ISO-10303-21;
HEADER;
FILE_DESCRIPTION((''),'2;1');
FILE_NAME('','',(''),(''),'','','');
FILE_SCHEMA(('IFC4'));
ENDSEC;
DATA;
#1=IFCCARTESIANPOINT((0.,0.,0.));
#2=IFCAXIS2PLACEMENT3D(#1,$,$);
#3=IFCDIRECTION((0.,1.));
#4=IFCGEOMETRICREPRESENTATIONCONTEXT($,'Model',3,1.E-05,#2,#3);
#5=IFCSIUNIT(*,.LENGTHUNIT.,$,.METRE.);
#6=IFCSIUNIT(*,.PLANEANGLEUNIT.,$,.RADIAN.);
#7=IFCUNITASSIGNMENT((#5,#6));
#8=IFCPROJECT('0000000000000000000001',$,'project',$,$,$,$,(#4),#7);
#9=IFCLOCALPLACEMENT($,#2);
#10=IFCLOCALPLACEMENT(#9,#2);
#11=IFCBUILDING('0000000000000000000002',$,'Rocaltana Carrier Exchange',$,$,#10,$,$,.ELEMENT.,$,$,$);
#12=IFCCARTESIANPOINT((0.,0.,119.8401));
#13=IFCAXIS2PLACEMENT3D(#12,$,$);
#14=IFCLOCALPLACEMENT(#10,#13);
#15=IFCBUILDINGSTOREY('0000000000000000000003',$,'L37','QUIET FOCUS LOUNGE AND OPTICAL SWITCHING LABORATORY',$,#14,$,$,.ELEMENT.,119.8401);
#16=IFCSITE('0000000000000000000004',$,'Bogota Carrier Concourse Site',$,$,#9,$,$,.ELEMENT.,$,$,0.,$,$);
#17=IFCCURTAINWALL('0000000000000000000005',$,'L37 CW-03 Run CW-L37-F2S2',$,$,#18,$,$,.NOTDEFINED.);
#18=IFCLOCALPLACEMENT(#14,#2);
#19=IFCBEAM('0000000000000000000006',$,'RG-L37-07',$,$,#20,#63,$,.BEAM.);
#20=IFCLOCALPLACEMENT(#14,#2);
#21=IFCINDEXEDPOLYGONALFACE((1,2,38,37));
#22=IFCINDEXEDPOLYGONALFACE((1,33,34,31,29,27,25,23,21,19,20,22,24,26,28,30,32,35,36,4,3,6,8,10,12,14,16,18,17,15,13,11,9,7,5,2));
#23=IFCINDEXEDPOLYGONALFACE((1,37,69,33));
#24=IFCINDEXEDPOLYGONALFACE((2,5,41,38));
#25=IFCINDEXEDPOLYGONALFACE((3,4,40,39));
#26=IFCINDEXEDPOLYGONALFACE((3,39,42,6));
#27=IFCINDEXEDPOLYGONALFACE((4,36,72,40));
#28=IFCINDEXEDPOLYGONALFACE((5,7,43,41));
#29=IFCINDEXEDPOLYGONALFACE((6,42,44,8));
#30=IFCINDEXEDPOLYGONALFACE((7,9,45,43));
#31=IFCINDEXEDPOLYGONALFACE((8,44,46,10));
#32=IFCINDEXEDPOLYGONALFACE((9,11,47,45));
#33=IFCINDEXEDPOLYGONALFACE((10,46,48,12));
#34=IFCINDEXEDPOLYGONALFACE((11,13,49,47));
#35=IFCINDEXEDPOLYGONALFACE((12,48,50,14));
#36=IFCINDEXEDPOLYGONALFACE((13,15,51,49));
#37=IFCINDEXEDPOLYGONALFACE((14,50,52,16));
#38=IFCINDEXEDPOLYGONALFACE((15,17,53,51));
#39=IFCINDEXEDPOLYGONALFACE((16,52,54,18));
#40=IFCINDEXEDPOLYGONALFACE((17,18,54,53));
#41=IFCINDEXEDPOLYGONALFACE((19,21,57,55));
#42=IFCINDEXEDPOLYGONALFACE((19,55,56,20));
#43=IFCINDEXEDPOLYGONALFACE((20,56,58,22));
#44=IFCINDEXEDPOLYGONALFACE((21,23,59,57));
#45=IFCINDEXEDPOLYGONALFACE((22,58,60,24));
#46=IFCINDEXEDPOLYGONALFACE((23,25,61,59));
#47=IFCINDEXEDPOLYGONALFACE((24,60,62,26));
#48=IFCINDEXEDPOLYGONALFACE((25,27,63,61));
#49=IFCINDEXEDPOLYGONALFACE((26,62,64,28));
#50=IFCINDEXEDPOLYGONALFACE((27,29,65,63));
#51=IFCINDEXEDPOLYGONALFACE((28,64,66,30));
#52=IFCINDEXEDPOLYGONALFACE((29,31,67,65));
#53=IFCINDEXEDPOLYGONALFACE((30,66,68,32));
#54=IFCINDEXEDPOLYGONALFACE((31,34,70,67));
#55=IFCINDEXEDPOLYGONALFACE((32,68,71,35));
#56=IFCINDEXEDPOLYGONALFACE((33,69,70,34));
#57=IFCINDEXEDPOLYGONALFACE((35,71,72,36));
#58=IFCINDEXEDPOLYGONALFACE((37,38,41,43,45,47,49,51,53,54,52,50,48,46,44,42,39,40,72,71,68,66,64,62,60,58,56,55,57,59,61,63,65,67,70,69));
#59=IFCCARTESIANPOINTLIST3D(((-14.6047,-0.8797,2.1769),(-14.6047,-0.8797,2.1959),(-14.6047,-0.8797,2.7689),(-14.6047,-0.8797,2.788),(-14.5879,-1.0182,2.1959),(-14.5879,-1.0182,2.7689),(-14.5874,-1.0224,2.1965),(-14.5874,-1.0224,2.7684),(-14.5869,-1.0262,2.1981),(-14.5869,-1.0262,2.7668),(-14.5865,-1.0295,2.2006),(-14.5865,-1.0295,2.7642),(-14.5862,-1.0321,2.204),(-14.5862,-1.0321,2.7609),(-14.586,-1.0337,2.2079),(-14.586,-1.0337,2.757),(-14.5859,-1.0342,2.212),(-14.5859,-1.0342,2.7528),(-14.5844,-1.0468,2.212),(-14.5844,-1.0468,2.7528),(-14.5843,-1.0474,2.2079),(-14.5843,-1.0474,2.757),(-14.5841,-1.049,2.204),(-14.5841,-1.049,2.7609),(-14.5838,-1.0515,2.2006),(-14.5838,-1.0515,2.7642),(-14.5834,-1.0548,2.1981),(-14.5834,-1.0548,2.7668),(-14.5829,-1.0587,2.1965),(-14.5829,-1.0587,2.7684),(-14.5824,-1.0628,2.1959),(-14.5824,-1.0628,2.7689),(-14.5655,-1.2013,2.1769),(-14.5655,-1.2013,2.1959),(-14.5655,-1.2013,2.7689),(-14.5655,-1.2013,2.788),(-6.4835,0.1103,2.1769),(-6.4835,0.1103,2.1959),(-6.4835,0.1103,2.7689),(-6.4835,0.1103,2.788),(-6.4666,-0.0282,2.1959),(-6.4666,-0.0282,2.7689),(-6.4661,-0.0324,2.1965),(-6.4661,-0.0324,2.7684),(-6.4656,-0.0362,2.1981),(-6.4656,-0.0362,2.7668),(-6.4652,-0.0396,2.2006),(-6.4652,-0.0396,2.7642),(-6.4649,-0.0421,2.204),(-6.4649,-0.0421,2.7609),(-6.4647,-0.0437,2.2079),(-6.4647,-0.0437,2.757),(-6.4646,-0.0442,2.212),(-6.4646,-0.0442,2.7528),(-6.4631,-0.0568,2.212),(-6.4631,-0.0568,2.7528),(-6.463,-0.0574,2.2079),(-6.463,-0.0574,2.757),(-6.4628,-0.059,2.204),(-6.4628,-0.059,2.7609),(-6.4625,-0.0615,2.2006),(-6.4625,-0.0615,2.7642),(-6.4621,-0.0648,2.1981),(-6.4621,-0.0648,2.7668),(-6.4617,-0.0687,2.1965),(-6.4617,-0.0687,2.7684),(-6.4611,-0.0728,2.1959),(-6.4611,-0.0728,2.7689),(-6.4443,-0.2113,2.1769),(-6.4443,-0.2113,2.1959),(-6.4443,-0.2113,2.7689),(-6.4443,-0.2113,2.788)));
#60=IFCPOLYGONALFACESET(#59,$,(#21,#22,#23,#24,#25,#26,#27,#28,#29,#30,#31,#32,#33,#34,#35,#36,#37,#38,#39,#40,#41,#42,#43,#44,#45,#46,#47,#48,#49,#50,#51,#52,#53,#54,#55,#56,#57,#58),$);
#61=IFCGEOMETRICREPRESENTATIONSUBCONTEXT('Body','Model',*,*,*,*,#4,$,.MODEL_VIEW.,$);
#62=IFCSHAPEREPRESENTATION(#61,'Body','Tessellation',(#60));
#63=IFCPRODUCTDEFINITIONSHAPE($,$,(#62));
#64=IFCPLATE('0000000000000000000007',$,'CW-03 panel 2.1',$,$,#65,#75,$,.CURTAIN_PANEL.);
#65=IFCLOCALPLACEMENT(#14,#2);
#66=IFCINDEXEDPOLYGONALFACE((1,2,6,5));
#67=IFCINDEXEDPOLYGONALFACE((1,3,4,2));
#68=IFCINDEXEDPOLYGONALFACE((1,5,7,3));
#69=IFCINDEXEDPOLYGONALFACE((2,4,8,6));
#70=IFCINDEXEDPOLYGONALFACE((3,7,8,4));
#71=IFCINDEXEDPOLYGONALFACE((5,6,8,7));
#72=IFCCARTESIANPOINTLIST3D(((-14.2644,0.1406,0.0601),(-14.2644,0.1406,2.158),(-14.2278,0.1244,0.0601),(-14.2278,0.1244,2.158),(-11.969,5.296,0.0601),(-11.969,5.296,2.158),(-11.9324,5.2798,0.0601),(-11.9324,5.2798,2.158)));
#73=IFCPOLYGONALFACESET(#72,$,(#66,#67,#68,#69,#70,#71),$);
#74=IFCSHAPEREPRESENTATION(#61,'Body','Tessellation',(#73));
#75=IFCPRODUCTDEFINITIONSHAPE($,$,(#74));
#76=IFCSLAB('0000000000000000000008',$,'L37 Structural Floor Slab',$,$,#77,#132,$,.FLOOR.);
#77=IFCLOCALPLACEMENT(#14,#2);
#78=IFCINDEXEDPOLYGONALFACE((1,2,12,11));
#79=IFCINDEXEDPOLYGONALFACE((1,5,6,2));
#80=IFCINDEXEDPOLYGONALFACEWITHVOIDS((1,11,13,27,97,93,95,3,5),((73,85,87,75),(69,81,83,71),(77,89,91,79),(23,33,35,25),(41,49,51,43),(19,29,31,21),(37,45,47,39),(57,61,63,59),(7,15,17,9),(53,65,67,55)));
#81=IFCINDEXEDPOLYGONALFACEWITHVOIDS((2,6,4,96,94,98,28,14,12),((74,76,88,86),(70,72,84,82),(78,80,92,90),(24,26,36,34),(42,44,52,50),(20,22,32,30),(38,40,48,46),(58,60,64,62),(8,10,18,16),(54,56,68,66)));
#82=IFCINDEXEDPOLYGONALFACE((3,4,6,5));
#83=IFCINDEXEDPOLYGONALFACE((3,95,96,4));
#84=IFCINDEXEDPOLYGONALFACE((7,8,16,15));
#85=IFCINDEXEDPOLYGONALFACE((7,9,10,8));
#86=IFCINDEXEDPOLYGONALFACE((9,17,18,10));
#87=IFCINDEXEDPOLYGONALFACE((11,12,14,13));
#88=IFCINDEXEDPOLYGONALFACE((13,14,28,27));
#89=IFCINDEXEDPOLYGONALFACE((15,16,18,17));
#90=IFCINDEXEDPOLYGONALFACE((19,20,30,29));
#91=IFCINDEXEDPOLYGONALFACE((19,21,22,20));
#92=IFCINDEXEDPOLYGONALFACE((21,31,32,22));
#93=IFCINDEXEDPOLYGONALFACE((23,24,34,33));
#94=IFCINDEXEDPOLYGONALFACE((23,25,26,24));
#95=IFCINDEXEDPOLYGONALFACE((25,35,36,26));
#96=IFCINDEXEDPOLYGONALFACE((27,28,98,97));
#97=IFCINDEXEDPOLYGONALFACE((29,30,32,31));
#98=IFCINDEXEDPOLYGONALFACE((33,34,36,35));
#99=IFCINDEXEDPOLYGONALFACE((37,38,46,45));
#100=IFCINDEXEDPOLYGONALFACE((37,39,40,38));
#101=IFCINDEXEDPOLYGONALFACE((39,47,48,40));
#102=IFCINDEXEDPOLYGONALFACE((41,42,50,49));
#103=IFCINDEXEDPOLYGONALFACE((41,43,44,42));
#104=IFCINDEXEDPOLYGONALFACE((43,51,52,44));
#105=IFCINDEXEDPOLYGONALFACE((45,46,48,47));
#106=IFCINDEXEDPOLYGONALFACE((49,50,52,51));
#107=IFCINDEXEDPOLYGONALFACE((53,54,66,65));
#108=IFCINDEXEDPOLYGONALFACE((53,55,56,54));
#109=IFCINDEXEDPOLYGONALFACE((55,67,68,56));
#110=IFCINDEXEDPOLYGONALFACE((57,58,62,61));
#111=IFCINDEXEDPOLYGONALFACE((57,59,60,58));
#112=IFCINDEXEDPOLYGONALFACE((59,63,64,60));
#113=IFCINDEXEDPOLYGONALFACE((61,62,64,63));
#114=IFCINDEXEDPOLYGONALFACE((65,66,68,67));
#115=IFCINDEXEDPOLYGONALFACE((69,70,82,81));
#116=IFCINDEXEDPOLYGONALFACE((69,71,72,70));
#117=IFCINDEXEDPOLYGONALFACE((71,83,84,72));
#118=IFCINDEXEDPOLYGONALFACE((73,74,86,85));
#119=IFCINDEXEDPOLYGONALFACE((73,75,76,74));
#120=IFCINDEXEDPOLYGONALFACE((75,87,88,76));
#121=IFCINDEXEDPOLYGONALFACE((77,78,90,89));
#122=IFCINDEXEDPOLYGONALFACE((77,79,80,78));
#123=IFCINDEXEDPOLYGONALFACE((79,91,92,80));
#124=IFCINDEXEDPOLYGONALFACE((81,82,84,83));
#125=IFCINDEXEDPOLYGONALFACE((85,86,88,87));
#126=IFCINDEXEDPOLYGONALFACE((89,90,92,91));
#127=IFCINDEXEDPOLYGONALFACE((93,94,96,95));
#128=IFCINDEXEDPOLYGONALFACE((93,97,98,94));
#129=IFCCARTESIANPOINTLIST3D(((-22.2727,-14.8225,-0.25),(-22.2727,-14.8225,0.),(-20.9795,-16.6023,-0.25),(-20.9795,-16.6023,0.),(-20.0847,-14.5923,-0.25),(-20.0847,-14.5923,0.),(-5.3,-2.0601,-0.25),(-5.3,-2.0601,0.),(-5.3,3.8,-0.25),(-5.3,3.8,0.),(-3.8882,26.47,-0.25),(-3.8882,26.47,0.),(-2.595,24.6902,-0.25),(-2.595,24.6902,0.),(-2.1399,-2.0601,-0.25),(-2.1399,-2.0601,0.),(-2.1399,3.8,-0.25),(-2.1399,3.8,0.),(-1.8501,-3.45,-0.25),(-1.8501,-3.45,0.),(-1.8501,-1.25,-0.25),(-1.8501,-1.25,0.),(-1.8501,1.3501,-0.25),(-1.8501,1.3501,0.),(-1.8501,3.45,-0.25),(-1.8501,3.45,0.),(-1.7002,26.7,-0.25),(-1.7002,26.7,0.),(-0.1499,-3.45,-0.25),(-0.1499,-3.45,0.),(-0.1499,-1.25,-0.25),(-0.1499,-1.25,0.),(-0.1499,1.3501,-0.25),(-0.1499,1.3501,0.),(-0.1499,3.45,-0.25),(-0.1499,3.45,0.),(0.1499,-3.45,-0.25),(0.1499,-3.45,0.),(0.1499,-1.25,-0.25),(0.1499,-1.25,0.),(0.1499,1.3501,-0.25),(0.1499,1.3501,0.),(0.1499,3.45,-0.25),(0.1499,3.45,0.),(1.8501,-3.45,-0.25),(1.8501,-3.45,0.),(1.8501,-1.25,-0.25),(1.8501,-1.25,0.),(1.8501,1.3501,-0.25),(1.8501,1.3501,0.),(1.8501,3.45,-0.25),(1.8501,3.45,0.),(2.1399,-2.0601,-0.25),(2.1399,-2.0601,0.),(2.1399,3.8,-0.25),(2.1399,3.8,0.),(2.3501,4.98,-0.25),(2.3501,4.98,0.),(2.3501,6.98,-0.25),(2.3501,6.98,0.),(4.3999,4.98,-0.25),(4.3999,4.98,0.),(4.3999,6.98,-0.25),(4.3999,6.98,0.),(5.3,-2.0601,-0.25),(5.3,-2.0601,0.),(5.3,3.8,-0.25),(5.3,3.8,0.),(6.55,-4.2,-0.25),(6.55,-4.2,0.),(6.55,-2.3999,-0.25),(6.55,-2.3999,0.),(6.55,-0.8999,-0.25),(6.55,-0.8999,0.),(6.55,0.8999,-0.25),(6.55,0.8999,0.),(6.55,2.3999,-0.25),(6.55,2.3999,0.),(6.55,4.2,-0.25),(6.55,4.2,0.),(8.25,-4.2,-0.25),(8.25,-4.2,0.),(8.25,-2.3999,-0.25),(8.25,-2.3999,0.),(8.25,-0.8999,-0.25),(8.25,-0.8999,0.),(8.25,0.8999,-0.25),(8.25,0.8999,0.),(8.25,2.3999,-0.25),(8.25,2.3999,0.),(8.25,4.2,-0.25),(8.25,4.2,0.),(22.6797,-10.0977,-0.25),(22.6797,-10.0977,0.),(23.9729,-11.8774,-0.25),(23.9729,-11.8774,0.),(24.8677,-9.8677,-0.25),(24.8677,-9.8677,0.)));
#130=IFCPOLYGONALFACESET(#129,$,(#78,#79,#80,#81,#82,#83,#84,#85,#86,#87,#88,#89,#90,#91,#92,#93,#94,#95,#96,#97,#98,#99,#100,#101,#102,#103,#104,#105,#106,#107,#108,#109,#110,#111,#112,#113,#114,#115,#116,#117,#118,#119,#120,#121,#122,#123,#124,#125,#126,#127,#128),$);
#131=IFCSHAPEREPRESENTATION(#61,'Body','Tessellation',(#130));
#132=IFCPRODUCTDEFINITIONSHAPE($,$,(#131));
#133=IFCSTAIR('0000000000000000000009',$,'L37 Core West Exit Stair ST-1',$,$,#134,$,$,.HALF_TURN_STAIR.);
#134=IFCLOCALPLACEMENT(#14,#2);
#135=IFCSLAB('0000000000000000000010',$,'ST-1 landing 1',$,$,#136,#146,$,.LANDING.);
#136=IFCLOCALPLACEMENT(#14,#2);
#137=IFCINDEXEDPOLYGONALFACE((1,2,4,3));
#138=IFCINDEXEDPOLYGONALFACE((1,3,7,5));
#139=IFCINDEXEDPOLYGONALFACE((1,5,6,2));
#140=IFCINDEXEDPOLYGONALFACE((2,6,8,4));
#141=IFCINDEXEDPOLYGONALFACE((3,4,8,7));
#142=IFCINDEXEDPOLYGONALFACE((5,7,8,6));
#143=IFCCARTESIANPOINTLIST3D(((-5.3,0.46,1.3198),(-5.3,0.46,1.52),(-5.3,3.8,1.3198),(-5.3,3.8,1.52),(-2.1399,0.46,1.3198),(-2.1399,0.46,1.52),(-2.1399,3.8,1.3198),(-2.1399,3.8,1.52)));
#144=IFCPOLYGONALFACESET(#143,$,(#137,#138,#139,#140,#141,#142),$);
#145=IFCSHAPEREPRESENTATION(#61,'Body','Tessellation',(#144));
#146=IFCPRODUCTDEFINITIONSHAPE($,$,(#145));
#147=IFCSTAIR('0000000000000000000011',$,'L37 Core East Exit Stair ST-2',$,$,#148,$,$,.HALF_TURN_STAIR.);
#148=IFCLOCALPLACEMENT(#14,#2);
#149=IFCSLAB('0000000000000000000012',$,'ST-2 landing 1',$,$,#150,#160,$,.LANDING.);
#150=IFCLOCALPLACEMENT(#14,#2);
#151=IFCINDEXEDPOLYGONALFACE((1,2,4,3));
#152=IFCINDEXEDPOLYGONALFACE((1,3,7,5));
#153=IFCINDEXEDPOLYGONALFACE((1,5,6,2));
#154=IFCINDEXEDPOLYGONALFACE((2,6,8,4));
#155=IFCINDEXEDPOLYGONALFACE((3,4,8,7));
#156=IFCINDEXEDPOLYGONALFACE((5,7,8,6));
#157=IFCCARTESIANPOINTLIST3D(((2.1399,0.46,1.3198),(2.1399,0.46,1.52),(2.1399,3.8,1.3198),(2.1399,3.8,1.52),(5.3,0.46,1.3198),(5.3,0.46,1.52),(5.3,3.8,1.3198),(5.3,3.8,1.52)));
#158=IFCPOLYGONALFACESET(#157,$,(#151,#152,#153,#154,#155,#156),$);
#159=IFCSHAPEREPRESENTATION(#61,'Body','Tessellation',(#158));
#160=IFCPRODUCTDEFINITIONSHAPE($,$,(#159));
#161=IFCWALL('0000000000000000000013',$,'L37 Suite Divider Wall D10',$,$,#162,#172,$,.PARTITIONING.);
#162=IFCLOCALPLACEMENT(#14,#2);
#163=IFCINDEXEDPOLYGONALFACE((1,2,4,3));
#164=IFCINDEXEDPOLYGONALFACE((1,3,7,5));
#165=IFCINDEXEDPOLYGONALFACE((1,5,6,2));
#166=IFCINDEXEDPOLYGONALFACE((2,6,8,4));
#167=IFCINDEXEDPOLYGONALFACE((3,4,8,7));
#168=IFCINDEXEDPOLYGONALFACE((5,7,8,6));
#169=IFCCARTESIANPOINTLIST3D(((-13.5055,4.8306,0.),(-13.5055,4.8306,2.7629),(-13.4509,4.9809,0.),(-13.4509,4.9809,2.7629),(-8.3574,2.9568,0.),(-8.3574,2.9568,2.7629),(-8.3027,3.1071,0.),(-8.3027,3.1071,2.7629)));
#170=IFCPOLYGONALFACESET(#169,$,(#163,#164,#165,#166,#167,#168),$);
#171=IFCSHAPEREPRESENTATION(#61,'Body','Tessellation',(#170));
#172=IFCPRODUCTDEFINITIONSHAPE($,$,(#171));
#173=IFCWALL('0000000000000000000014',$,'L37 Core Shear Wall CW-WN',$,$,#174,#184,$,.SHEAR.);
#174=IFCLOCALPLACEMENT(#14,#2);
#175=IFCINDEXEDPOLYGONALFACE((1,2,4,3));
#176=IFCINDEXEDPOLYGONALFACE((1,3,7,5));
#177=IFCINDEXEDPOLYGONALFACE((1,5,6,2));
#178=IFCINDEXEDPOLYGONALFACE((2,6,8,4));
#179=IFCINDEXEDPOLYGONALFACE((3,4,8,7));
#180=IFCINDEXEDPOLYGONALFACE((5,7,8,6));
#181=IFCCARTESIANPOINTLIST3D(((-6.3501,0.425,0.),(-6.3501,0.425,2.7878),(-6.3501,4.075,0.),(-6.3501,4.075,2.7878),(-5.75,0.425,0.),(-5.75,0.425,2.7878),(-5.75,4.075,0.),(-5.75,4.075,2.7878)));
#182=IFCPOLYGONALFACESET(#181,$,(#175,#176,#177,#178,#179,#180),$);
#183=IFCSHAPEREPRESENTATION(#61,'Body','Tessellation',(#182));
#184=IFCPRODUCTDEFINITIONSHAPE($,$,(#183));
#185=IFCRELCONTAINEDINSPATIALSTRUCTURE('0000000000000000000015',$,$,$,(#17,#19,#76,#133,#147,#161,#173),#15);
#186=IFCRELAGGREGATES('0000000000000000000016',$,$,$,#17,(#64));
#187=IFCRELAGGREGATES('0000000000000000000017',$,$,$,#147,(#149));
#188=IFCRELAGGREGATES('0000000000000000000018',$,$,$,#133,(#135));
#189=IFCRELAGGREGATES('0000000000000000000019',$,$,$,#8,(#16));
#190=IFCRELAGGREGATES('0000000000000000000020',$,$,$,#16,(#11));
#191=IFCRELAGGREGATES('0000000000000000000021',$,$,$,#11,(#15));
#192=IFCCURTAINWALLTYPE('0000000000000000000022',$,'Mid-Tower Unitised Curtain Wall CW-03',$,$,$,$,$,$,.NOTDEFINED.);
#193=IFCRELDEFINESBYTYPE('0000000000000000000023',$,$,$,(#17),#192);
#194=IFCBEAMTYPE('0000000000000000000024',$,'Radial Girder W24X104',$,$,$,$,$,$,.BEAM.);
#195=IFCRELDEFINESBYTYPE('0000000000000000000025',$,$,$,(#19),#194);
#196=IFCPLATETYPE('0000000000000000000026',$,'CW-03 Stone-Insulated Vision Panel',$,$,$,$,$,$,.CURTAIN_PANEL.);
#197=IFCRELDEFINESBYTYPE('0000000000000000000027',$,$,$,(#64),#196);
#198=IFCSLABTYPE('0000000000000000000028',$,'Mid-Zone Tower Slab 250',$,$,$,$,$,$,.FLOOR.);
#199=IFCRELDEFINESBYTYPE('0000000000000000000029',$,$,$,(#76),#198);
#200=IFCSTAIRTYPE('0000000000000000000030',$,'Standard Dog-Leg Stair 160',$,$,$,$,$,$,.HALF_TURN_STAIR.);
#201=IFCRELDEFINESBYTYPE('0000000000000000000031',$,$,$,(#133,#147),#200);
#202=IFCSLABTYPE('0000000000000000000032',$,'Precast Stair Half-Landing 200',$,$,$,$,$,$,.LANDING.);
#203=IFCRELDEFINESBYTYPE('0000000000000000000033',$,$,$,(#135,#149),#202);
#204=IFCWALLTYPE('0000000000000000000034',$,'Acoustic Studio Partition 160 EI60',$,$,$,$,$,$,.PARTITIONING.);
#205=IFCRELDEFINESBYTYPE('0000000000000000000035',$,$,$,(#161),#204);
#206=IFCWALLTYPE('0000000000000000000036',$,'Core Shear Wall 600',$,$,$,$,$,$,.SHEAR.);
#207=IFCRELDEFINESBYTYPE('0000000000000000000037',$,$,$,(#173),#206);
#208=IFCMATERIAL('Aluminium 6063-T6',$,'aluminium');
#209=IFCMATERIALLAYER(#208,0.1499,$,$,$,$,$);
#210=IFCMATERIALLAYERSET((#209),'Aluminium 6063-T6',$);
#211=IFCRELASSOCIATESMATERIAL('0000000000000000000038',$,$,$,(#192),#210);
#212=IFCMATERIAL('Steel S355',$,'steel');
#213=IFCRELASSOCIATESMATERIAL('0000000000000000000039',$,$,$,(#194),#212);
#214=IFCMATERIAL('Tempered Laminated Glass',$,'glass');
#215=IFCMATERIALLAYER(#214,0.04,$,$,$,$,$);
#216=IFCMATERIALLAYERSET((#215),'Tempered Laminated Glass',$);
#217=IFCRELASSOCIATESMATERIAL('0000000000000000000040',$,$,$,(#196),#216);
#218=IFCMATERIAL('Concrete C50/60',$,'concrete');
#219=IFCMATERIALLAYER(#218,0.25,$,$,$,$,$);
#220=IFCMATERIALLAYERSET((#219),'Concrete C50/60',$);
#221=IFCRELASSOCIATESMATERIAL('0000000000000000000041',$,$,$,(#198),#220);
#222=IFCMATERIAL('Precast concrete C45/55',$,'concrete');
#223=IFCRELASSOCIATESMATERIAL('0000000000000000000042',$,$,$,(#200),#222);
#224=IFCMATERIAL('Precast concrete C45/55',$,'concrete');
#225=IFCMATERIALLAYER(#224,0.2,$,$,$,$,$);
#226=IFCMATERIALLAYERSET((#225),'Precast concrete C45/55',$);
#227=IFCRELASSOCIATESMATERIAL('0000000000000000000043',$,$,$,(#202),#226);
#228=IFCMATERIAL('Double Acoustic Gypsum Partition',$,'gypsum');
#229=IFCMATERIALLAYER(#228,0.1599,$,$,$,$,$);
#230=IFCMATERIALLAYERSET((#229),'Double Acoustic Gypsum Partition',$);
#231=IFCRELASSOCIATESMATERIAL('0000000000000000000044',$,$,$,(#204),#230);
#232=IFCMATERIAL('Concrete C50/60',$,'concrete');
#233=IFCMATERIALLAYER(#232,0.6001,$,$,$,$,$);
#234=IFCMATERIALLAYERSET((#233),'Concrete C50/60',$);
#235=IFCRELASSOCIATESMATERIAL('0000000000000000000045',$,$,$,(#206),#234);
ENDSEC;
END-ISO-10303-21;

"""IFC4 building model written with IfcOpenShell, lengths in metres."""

from ifc_helpers import new_model, si_unit, direction, frame, frame_2d, origin, origin_2d, place, context, subcontext, project, spatial, polyline, rectangle, i_section, outline, extrude, material, layer, layer_set, material_profile, profile_set, type_object, element, aggregate, save


model = new_model("IFC4")

# Units and contexts
model_context = context("Model", 3, precision=1e-05, world=origin(), true_north=direction((0.0, 1.0)))
body_context = subcontext(model_context, "Body", "Model", "MODEL_VIEW")
ifc_project = project(units=[si_unit("LENGTHUNIT", "METRE"), si_unit("PLANEANGLEUNIT", "RADIAN")], contexts=[model_context])

# Site, building, storey
site_placement = place(None, origin())
site = spatial("IfcSite", under=ifc_project, at=site_placement, Name="Bogota Carrier Concourse Site", CompositionType="ELEMENT", RefElevation=0.0)
building_placement = place(site_placement, origin())
building = spatial("IfcBuilding", under=site, at=building_placement, Name="Rocaltana Carrier Exchange", CompositionType="ELEMENT")
storey_placement = place(building_placement, frame((0.0, 0.0, 119.8401)))
storey = spatial("IfcBuildingStorey", under=building, at=storey_placement, Name="L37", Description="QUIET FOCUS LOUNGE AND OPTICAL SWITCHING LABORATORY", CompositionType="ELEMENT", Elevation=119.8401)

# Curtain wall
ifc_material_1 = material(Name="Aluminium 6063-T6", Category="aluminium")
ifc_layer_1 = layer(ifc_material_1, 0.1499)
ifc_layer_set_1 = layer_set([ifc_layer_1], Name="Aluminium 6063-T6")
curtain_wall_type = type_object("IfcCurtainWallType", Name="Mid-Tower Unitised Curtain Wall CW-03", PredefinedType="NOTDEFINED", material=ifc_layer_set_1)
curtain_wall_placement = place(storey_placement, origin())
curtain_wall = element("IfcCurtainWall", 1, at=curtain_wall_placement, inside=storey, type_object=curtain_wall_type, Name="L37 CW-03 Run CW-L37-F2S2", PredefinedType="NOTDEFINED")

# Beam
ifc_material_2 = material(Name="Steel S355", Category="steel")
ifc_material_profile_1 = material_profile(ifc_material_2, i_section(OverallWidth=0.324, OverallDepth=0.6111, WebThickness=0.0127, FlangeThickness=0.019, FilletRadius=0.0161, at=origin_2d()), Name="W24X104")
ifc_profile_set_1 = profile_set([ifc_material_profile_1], Name="Steel S355")
beam_type_1 = type_object("IfcBeamType", Name="Radial Girder W24X104", PredefinedType="BEAM", material=ifc_profile_set_1)
beam_1_placement = place(storey_placement, frame((-6.4639, -0.0505, 2.4824), z_axis=(-0.992652, -0.121004, 0.0), x_axis=(0.121004, -0.992652, 0.0)))
element("IfcBeam", 2, at=beam_1_placement, inside=storey, type_object=beam_type_1, Name="RG-L37-07", PredefinedType="BEAM", context=body_context, shape_type="SweptSolid", body=[
    extrude(i_section(OverallWidth=0.324, OverallDepth=0.6111, WebThickness=0.0127, FlangeThickness=0.019, FilletRadius=0.0161, at=origin_2d()), origin(), (0.0, 0.0, 1.0), 8.1814),
])

# Plate
ifc_material_3 = material(Name="Tempered Laminated Glass", Category="glass")
ifc_layer_2 = layer(ifc_material_3, 0.04)
ifc_layer_set_2 = layer_set([ifc_layer_2], Name="Tempered Laminated Glass")
plate_type = type_object("IfcPlateType", Name="CW-03 Stone-Insulated Vision Panel", PredefinedType="CURTAIN_PANEL", material=ifc_layer_set_2)
plate_placement = place(storey_placement, frame((-13.0984, 2.7102, 0.0601), z_axis=(0.0, 0.0, 1.0), x_axis=(-0.406744, -0.913542, 0.0)))
plate = element("IfcPlate", 3, at=plate_placement, type_object=plate_type, Name="CW-03 panel 2.1", PredefinedType="CURTAIN_PANEL", context=body_context, shape_type="SweptSolid", body=[
    extrude(rectangle(XDim=5.6433, YDim=0.04, at=origin_2d()), origin(), (0.0, 0.0, 1.0), 2.0979),
])
aggregate(curtain_wall, [plate])

# Slab
ifc_material_4 = material(Name="Concrete C50/60", Category="concrete")
ifc_layer_3 = layer(ifc_material_4, 0.25)
ifc_layer_set_3 = layer_set([ifc_layer_3], Name="Concrete C50/60")
slab_type_1 = type_object("IfcSlabType", Name="Mid-Zone Tower Slab 250", PredefinedType="FLOOR", material=ifc_layer_set_3)
slab_1_placement = place(storey_placement, frame((0.0, 0.0, -0.25)))
element("IfcSlab", 4, at=slab_1_placement, inside=storey, type_object=slab_type_1, Name="L37 Structural Floor Slab", PredefinedType="FLOOR", context=body_context, shape_type="SweptSolid", body=[
    extrude(outline(polyline([(23.9729, -11.8774), (22.6797, -10.0977), (24.8677, -9.8677), (-1.7002, 26.7), (-2.595, 24.6902), (-3.8882, 26.47), (-22.2727, -14.8225), (-20.0847, -14.5923), (-20.9795, -16.6023), (23.9729, -11.8774)]), holes=[polyline([(-5.3, -2.0601), (-2.1399, -2.0601), (-2.1399, 3.8), (-5.3, 3.8), (-5.3, -2.0601)]), polyline([(2.1399, -2.0601), (5.3, -2.0601), (5.3, 3.8), (2.1399, 3.8), (2.1399, -2.0601)]), polyline([(-1.8501, -3.45), (-0.1499, -3.45), (-0.1499, -1.25), (-1.8501, -1.25), (-1.8501, -3.45)]), polyline([(0.1499, -3.45), (1.8501, -3.45), (1.8501, -1.25), (0.1499, -1.25), (0.1499, -3.45)]), polyline([(2.3501, 4.98), (4.3999, 4.98), (4.3999, 6.98), (2.3501, 6.98), (2.3501, 4.98)]), polyline([(-1.8501, 1.3501), (-0.1499, 1.3501), (-0.1499, 3.45), (-1.8501, 3.45), (-1.8501, 1.3501)]), polyline([(0.1499, 1.3501), (1.8501, 1.3501), (1.8501, 3.45), (0.1499, 3.45), (0.1499, 1.3501)]), polyline([(6.55, -4.2), (8.25, -4.2), (8.25, -2.3999), (6.55, -2.3999), (6.55, -4.2)]), polyline([(6.55, -0.8999), (8.25, -0.8999), (8.25, 0.8999), (6.55, 0.8999), (6.55, -0.8999)]), polyline([(6.55, 2.3999), (8.25, 2.3999), (8.25, 4.2), (6.55, 4.2), (6.55, 2.3999)])]), origin(), (0.0, 0.0, 1.0), 0.25),
])

# Stairs, slabs
ifc_material_5 = material(Name="Precast concrete C45/55", Category="concrete")
stair_type = type_object("IfcStairType", Name="Standard Dog-Leg Stair 160", PredefinedType="HALF_TURN_STAIR", material=ifc_material_5)
stair_1_placement = place(storey_placement, origin())
stair_1 = element("IfcStair", 5, at=stair_1_placement, inside=storey, type_object=stair_type, Name="L37 Core West Exit Stair ST-1", PredefinedType="HALF_TURN_STAIR")
ifc_material_6 = material(Name="Precast concrete C45/55", Category="concrete")
ifc_layer_4 = layer(ifc_material_6, 0.2)
ifc_layer_set_4 = layer_set([ifc_layer_4], Name="Precast concrete C45/55")
slab_type_2 = type_object("IfcSlabType", Name="Precast Stair Half-Landing 200", PredefinedType="LANDING", material=ifc_layer_set_4)
slab_2_placement = place(storey_placement, frame((0.0, 0.0, 1.3198)))
slab_2 = element("IfcSlab", 6, at=slab_2_placement, type_object=slab_type_2, Name="ST-1 landing 1", PredefinedType="LANDING", context=body_context, shape_type="SweptSolid", body=[
    extrude(outline(polyline([(-2.1399, 0.46), (-2.1399, 3.8), (-5.3, 3.8), (-5.3, 0.46), (-2.1399, 0.46)])), origin(), (0.0, 0.0, 1.0), 0.2002),
])
stair_2_placement = place(storey_placement, origin())
stair_2 = element("IfcStair", 7, at=stair_2_placement, inside=storey, type_object=stair_type, Name="L37 Core East Exit Stair ST-2", PredefinedType="HALF_TURN_STAIR")
slab_3_placement = place(storey_placement, frame((0.0, 0.0, 1.3198)))
slab_3 = element("IfcSlab", 8, at=slab_3_placement, type_object=slab_type_2, Name="ST-2 landing 1", PredefinedType="LANDING", context=body_context, shape_type="SweptSolid", body=[
    extrude(outline(polyline([(5.3, 0.46), (5.3, 3.8), (2.1399, 3.8), (2.1399, 0.46), (5.3, 0.46)])), origin(), (0.0, 0.0, 1.0), 0.2002),
])
aggregate(stair_2, [slab_3])

# Walls
ifc_material_7 = material(Name="Double Acoustic Gypsum Partition", Category="gypsum")
ifc_layer_5 = layer(ifc_material_7, 0.1599)
ifc_layer_set_5 = layer_set([ifc_layer_5], Name="Double Acoustic Gypsum Partition")
wall_type_1 = type_object("IfcWallType", Name="Acoustic Studio Partition 160 EI60", PredefinedType="PARTITIONING", material=ifc_layer_set_5)
wall_1_placement = place(storey_placement, frame((-8.3301, 3.032, 0.0), z_axis=(0.0, 0.0, 1.0), x_axis=(-0.939693, 0.342019, 0.0)))
element("IfcWall", 9, at=wall_1_placement, inside=storey, type_object=wall_type_1, Name="L37 Suite Divider Wall D10", PredefinedType="PARTITIONING", context=body_context, shape_type="SweptSolid", body=[
    extrude(rectangle(XDim=5.4785, YDim=0.1599, at=frame_2d((2.7393, 0.0))), origin(), (0.0, 0.0, 1.0), 2.7629),
])
ifc_material_8 = material(Name="Concrete C50/60", Category="concrete")
ifc_layer_6 = layer(ifc_material_8, 0.6001)
ifc_layer_set_6 = layer_set([ifc_layer_6], Name="Concrete C50/60")
wall_type_2 = type_object("IfcWallType", Name="Core Shear Wall 600", PredefinedType="SHEAR", material=ifc_layer_set_6)
wall_2_placement = place(storey_placement, frame((-6.05, 0.425, 0.0), z_axis=(0.0, 0.0, 1.0), x_axis=(0.0, 1.0, 0.0)))
element("IfcWall", 10, at=wall_2_placement, inside=storey, type_object=wall_type_2, Name="L37 Core Shear Wall CW-WN", PredefinedType="SHEAR", context=body_context, shape_type="SweptSolid", body=[
    extrude(rectangle(XDim=3.6499, YDim=0.6001, at=frame_2d((1.825, 0.0))), origin(), (0.0, 0.0, 1.0), 2.7878),
])

aggregate(stair_1, [slab_2])

save(model, "model.ifc")
